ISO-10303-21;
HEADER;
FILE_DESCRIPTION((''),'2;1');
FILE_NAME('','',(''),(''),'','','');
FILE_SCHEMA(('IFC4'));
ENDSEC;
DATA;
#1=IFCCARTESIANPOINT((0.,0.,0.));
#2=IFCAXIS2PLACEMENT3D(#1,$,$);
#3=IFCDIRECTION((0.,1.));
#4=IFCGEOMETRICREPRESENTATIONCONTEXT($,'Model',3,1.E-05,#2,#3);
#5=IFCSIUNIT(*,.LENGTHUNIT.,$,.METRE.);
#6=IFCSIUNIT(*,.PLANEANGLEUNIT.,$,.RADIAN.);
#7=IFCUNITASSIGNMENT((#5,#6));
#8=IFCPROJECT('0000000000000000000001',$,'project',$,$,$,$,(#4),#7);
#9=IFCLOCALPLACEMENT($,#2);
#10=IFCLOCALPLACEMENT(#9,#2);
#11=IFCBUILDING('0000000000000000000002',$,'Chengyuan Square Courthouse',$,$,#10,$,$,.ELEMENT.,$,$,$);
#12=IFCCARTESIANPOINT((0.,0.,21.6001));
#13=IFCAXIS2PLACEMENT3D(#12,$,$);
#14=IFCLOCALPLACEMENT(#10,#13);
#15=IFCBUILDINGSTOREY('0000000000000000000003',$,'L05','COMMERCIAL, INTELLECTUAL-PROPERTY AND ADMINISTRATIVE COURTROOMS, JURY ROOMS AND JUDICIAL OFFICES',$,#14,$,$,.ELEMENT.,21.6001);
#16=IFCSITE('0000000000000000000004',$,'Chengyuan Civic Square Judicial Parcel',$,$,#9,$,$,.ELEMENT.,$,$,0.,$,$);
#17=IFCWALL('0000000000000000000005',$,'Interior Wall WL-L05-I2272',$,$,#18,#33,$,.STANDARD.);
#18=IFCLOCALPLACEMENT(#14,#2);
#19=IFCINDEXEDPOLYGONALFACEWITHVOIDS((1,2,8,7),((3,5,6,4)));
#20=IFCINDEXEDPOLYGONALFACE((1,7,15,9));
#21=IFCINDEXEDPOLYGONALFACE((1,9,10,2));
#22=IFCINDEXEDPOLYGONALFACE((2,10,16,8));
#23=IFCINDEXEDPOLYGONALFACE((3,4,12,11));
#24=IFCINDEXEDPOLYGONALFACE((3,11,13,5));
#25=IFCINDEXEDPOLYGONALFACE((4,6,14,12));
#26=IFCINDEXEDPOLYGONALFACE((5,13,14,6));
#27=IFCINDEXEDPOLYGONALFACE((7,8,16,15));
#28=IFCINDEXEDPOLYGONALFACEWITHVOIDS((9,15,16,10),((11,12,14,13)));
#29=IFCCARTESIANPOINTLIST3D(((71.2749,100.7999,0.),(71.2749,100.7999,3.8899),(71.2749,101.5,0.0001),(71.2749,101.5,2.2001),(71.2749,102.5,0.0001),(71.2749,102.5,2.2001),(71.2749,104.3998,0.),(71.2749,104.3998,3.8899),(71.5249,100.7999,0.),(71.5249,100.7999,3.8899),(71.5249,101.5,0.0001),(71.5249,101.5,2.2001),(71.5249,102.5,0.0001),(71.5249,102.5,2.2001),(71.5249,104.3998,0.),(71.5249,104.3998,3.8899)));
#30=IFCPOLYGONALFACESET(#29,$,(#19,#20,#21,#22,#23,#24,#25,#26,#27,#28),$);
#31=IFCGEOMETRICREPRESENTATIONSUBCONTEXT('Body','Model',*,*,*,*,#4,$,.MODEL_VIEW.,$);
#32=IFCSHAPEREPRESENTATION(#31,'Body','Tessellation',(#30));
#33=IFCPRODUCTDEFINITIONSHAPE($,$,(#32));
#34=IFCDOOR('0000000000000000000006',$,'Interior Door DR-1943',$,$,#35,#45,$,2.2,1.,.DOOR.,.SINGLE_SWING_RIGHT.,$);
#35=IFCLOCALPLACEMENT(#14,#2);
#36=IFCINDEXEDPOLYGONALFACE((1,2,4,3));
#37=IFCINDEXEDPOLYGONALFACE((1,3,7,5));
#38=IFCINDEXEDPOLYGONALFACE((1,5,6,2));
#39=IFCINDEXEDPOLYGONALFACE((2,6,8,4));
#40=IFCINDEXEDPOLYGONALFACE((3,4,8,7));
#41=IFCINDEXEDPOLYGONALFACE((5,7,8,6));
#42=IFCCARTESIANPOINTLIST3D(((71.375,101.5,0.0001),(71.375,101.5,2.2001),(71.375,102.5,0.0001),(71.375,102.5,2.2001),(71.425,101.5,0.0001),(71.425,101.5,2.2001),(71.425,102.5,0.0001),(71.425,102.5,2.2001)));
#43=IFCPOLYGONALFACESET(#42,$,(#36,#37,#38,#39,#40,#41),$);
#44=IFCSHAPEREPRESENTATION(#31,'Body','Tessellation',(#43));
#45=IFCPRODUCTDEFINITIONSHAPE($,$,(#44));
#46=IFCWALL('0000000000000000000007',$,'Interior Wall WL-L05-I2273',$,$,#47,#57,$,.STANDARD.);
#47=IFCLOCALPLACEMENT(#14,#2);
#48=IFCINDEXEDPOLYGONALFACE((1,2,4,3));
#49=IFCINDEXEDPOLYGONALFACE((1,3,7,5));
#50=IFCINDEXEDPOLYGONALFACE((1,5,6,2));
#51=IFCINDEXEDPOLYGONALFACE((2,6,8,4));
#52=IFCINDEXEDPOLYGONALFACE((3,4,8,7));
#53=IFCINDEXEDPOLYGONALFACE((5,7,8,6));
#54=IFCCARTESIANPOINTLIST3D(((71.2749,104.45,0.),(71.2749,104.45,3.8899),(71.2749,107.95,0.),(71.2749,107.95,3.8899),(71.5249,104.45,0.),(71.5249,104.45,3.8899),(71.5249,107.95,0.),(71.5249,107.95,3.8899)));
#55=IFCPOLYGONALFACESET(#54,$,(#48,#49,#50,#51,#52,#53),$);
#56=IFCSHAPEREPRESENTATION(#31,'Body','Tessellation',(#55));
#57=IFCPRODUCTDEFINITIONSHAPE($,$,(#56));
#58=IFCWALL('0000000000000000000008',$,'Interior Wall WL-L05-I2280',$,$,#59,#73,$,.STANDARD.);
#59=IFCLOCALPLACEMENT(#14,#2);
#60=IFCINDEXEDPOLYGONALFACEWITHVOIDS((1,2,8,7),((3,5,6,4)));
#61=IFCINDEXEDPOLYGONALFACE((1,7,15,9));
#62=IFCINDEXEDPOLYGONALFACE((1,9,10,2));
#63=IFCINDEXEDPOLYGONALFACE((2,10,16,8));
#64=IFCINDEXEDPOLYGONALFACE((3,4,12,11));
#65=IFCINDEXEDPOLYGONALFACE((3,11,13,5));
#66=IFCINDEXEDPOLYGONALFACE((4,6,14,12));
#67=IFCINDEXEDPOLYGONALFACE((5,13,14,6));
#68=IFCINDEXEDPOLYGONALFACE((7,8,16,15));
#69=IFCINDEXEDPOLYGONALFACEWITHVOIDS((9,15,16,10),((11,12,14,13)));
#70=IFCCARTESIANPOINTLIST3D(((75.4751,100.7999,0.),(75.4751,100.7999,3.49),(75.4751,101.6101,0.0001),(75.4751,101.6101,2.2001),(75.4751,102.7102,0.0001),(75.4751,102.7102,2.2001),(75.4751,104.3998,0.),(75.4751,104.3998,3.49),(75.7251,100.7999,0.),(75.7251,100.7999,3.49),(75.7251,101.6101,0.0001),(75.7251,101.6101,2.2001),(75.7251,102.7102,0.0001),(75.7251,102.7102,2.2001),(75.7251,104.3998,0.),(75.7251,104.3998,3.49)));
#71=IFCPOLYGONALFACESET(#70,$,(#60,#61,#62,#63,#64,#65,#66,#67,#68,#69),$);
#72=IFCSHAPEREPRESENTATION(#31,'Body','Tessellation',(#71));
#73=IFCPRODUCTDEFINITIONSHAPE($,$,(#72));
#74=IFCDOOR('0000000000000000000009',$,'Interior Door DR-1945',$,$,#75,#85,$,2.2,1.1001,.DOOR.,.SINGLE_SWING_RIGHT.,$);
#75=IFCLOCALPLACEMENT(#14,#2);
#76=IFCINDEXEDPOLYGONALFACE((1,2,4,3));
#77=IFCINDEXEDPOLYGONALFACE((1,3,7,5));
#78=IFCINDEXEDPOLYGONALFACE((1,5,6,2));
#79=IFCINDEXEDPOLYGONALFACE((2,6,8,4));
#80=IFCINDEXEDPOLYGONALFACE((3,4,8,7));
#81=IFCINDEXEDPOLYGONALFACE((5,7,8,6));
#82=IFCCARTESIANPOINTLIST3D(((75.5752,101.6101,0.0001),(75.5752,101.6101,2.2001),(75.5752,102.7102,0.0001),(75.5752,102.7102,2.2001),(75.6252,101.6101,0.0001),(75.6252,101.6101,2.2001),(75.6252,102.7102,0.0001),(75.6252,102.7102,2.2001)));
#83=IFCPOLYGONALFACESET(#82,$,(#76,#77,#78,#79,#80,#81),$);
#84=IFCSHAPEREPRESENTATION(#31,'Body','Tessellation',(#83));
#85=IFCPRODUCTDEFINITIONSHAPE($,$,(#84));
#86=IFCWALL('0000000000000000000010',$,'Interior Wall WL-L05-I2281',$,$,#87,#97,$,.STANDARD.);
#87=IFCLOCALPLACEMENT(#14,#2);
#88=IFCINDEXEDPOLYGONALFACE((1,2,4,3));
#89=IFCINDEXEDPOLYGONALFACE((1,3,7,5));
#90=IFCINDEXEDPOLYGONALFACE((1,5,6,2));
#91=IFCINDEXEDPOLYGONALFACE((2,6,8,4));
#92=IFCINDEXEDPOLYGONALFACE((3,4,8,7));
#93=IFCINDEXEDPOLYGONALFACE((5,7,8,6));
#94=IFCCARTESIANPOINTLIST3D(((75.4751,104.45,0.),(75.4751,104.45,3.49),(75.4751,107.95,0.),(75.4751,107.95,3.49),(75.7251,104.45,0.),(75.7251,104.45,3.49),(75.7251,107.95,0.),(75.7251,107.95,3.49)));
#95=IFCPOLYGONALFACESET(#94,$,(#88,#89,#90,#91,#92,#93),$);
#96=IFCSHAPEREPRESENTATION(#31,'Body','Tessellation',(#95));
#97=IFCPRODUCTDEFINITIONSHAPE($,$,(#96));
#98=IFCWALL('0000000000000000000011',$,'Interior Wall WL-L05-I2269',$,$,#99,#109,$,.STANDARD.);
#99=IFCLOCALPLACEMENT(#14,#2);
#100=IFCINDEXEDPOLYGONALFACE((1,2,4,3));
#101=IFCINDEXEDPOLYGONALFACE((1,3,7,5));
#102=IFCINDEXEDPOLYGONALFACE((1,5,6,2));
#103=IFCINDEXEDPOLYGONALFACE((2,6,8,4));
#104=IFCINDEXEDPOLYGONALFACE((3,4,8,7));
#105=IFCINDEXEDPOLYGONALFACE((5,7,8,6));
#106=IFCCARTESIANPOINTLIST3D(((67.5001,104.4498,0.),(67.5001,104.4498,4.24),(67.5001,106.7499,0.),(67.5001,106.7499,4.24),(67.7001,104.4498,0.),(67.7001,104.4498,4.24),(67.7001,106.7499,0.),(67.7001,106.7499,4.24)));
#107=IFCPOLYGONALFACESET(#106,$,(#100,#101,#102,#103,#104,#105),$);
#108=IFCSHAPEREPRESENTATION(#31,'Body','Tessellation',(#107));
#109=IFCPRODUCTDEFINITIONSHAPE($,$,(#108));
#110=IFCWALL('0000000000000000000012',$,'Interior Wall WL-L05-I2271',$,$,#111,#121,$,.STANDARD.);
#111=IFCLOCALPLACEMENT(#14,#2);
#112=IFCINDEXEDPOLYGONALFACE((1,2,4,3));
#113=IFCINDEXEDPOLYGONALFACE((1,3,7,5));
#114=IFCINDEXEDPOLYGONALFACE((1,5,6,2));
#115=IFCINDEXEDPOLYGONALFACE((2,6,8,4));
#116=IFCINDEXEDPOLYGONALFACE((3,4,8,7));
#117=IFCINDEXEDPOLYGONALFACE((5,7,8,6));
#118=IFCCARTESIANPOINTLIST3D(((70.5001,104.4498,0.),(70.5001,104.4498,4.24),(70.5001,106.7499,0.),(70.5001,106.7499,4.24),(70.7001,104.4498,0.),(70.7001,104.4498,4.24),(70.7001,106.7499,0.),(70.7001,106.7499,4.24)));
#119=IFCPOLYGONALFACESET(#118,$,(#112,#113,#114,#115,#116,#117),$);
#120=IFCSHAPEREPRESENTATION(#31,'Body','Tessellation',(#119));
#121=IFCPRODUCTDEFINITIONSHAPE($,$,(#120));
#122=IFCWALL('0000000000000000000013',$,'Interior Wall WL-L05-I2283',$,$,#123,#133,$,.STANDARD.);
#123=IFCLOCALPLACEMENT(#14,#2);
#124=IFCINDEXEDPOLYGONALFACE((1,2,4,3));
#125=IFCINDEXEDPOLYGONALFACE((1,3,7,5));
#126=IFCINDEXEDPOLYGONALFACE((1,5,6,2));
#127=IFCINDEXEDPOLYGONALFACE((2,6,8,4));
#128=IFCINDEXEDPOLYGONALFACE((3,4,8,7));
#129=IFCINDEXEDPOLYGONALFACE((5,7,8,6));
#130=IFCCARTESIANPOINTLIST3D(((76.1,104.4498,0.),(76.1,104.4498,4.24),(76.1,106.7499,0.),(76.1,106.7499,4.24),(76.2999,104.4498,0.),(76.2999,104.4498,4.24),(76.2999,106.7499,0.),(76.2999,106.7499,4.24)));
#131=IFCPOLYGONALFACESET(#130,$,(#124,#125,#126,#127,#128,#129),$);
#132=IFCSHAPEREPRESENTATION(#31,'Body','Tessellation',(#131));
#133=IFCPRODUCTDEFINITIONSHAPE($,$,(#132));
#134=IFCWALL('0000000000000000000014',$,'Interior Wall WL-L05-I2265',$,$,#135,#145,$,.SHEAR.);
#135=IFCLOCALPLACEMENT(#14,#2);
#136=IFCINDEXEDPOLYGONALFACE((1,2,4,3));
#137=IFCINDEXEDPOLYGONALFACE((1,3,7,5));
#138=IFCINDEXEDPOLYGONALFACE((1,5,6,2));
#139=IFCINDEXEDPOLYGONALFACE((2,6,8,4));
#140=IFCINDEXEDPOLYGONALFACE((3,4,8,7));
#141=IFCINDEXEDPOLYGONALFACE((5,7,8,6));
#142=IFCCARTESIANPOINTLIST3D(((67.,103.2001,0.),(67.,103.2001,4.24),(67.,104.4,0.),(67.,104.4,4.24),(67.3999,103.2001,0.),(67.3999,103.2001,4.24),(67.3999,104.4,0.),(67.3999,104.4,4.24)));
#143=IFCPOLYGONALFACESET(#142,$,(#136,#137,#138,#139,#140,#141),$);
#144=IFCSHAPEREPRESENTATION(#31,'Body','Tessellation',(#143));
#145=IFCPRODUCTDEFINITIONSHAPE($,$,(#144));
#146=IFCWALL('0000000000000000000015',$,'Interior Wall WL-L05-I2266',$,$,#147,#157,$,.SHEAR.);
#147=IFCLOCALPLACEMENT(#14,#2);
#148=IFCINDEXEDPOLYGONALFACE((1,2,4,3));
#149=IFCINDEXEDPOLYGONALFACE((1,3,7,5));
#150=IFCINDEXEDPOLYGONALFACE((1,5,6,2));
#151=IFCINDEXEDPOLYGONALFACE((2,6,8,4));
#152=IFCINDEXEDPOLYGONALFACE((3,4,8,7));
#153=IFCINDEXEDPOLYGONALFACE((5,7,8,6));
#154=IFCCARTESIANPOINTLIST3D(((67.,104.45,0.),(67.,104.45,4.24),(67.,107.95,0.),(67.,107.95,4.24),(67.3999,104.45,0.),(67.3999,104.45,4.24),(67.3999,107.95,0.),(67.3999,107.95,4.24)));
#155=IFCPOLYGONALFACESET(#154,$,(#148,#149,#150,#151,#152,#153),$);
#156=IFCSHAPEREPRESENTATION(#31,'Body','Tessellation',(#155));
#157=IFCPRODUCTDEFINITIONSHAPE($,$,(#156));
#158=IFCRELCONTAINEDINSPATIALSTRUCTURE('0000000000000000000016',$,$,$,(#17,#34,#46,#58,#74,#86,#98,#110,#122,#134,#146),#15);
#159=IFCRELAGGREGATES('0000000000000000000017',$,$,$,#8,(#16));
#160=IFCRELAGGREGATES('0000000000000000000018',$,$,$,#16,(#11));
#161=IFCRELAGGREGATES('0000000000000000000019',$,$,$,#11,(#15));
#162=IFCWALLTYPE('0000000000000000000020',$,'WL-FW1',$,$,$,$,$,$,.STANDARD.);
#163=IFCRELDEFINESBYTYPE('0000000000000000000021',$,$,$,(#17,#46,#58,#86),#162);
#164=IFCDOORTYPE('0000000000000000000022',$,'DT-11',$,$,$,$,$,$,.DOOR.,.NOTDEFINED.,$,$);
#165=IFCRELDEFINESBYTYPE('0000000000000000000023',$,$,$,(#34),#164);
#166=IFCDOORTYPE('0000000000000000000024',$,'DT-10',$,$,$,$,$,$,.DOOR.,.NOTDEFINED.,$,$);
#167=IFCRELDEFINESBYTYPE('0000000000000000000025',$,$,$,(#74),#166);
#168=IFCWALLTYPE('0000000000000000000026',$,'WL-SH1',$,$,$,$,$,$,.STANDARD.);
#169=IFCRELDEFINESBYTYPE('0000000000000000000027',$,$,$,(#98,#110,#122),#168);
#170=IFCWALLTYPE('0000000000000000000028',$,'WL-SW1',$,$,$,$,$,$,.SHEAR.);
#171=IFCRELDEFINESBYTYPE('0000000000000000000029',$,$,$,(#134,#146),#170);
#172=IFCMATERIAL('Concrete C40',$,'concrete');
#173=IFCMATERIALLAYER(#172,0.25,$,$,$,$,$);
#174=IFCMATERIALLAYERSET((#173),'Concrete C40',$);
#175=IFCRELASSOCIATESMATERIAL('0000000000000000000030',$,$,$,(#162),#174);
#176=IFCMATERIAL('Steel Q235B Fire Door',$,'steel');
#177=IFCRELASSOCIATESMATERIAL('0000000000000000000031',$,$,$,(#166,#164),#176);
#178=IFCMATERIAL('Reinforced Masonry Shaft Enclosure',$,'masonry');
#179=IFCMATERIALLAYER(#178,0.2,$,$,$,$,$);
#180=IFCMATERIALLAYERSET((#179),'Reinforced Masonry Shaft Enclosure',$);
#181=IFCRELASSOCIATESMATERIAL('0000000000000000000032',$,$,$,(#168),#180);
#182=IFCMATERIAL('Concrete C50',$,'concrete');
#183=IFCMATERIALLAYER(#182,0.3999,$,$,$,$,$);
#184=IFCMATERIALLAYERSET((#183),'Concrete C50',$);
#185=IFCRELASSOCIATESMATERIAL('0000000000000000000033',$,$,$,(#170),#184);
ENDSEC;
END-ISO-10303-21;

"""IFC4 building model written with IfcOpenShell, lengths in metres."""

from ifc_helpers import new_model, si_unit, direction, frame, frame_2d, origin, place, context, subcontext, project, spatial, rectangle, extrude, material, layer, layer_set, type_object, element, fill, save


model = new_model("IFC4")

# Units and contexts
model_context = context("Model", 3, precision=1e-05, world=origin(), true_north=direction((0.0, 1.0)))
body_context = subcontext(model_context, "Body", "Model", "MODEL_VIEW")
ifc_project = project(units=[si_unit("LENGTHUNIT", "METRE"), si_unit("PLANEANGLEUNIT", "RADIAN")], contexts=[model_context])

# Site, building, storey
site_placement = place(None, origin())
site = spatial("IfcSite", under=ifc_project, at=site_placement, Name="Chengyuan Civic Square Judicial Parcel", CompositionType="ELEMENT", RefElevation=0.0)
building_placement = place(site_placement, origin())
building = spatial("IfcBuilding", under=site, at=building_placement, Name="Chengyuan Square Courthouse", CompositionType="ELEMENT")
storey_placement = place(building_placement, frame((0.0, 0.0, 21.6001)))
storey = spatial("IfcBuildingStorey", under=building, at=storey_placement, Name="L05", Description="COMMERCIAL, INTELLECTUAL-PROPERTY AND ADMINISTRATIVE COURTROOMS, JURY ROOMS AND JUDICIAL OFFICES", CompositionType="ELEMENT", Elevation=21.6001)

# Shared definitions
ifc_material_1 = material(Name="Concrete C50", Category="concrete")

# Shared definitions
ifc_material_2 = material(Name="Concrete C40", Category="concrete")

# Shared definitions
ifc_layer_1 = layer(ifc_material_2, 0.25)
ifc_layer_set_1 = layer_set([ifc_layer_1], Name="Concrete C40")
wall_type_1 = type_object("IfcWallType", Name="WL-FW1", PredefinedType="STANDARD", material=ifc_layer_set_1)
ifc_material_3 = material(Name="Steel Q235B Fire Door", Category="steel")
door_type_1 = type_object("IfcDoorType", Name="DT-10", OperationType="NOTDEFINED", PredefinedType="DOOR", material=ifc_material_3)
door_type_2 = type_object("IfcDoorType", Name="DT-11", OperationType="NOTDEFINED", PredefinedType="DOOR", material=ifc_material_3)

# Wall, opening, door
wall_1_placement = place(storey_placement, frame((71.3999, 100.8, 0.0), z_axis=(0.0, 0.0, 1.0), x_axis=(0.0, 1.0, 0.0)))
wall_1 = element("IfcWall", 1, at=wall_1_placement, inside=storey, type_object=wall_type_1, Name="Interior Wall WL-L05-I2272", PredefinedType="STANDARD", context=body_context, shape_type="SweptSolid", body=[
    extrude(rectangle(XDim=3.5999, YDim=0.25, at=frame_2d((1.7998, 0.0))), origin(), (0.0, 0.0, 1.0), 3.8899),
])
opening_1_placement = place(wall_1_placement, frame((0.7, 0.0, 0.0)))
opening_1 = element("IfcOpeningElement", 2, at=opening_1_placement, cuts=wall_1, PredefinedType="OPENING", context=body_context, shape_type="SweptSolid", body=[
    extrude(rectangle(XDim=1.0, YDim=2.2, at=frame_2d((0.5, 1.1001))), frame((0.0, 0.137, 0.0), z_axis=(0.0, -1.0, 0.0), x_axis=(1.0, 0.0, 0.0)), (0.0, 0.0, 1.0), 0.2739),
])
door_1_placement = place(opening_1_placement, origin())
door_1 = element("IfcDoor", 3, at=door_1_placement, inside=storey, type_object=door_type_2, Name="Interior Door DR-1943", OperationType="SINGLE_SWING_RIGHT", OverallHeight=2.2, OverallWidth=1.0, PredefinedType="DOOR", context=body_context, shape_type="SweptSolid", body=[
    extrude(rectangle(XDim=1.0, YDim=2.2, at=frame_2d((0.5, 1.1001))), frame((0.0, 0.0249, 0.0), z_axis=(0.0, -1.0, 0.0), x_axis=(1.0, 0.0, 0.0)), (0.0, 0.0, 1.0), 0.05),
])
fill(opening_1, door_1)

# Wall
wall_2_placement = place(storey_placement, frame((71.3999, 104.45, 0.0), z_axis=(0.0, 0.0, 1.0), x_axis=(0.0, 1.0, 0.0)))
element("IfcWall", 4, at=wall_2_placement, inside=storey, type_object=wall_type_1, Name="Interior Wall WL-L05-I2273", PredefinedType="STANDARD", context=body_context, shape_type="SweptSolid", body=[
    extrude(rectangle(XDim=3.5, YDim=0.25, at=frame_2d((1.75, 0.0))), origin(), (0.0, 0.0, 1.0), 3.8899),
])

# Wall, opening, door
wall_3_placement = place(storey_placement, frame((75.6001, 100.8, 0.0), z_axis=(0.0, 0.0, 1.0), x_axis=(0.0, 1.0, 0.0)))
wall_3 = element("IfcWall", 5, at=wall_3_placement, inside=storey, type_object=wall_type_1, Name="Interior Wall WL-L05-I2280", PredefinedType="STANDARD", context=body_context, shape_type="SweptSolid", body=[
    extrude(rectangle(XDim=3.5999, YDim=0.25, at=frame_2d((1.7998, 0.0))), origin(), (0.0, 0.0, 1.0), 3.49),
])
opening_2_placement = place(wall_3_placement, frame((0.8101, 0.0, 0.0)))
opening_2 = element("IfcOpeningElement", 6, at=opening_2_placement, cuts=wall_3, PredefinedType="OPENING", context=body_context, shape_type="SweptSolid", body=[
    extrude(rectangle(XDim=1.1001, YDim=2.2, at=frame_2d((0.55, 1.1001))), frame((0.0, 0.137, 0.0), z_axis=(0.0, -1.0, 0.0), x_axis=(1.0, 0.0, 0.0)), (0.0, 0.0, 1.0), 0.2739),
])
door_2_placement = place(opening_2_placement, origin())
door_2 = element("IfcDoor", 7, at=door_2_placement, inside=storey, type_object=door_type_1, Name="Interior Door DR-1945", OperationType="SINGLE_SWING_RIGHT", OverallHeight=2.2, OverallWidth=1.1001, PredefinedType="DOOR", context=body_context, shape_type="SweptSolid", body=[
    extrude(rectangle(XDim=1.1001, YDim=2.2, at=frame_2d((0.55, 1.1001))), frame((0.0, 0.0249, 0.0), z_axis=(0.0, -1.0, 0.0), x_axis=(1.0, 0.0, 0.0)), (0.0, 0.0, 1.0), 0.05),
])
fill(opening_2, door_2)

# Wall
wall_4_placement = place(storey_placement, frame((75.6001, 104.45, 0.0), z_axis=(0.0, 0.0, 1.0), x_axis=(0.0, 1.0, 0.0)))
element("IfcWall", 8, at=wall_4_placement, inside=storey, type_object=wall_type_1, Name="Interior Wall WL-L05-I2281", PredefinedType="STANDARD", context=body_context, shape_type="SweptSolid", body=[
    extrude(rectangle(XDim=3.5, YDim=0.25, at=frame_2d((1.75, 0.0))), origin(), (0.0, 0.0, 1.0), 3.49),
])

# Shared definitions
ifc_material_4 = material(Name="Reinforced Masonry Shaft Enclosure", Category="masonry")
ifc_layer_2 = layer(ifc_material_4, 0.2)
ifc_layer_set_2 = layer_set([ifc_layer_2], Name="Reinforced Masonry Shaft Enclosure")
wall_type_2 = type_object("IfcWallType", Name="WL-SH1", PredefinedType="STANDARD", material=ifc_layer_set_2)

# Walls
for number, where, z_axis, x_axis, name in (
    (9, (67.6001, 104.45, 0.0), (0.0, 0.0, 1.0), (0.0, 1.0, 0.0), "Interior Wall WL-L05-I2269"),
    (10, (70.6001, 104.45, 0.0), (0.0, 0.0, 1.0), (0.0, 1.0, 0.0), "Interior Wall WL-L05-I2271"),
    (11, (76.2, 104.45, 0.0), (0.0, 0.0, 1.0), (0.0, 1.0, 0.0), "Interior Wall WL-L05-I2283"),
):
    element("IfcWall", number, at=place(storey_placement, frame(where, z_axis=z_axis, x_axis=x_axis)), inside=storey, type_object=wall_type_2, Name=name, PredefinedType="STANDARD", context=body_context, shape_type="SweptSolid", body=[
        extrude(rectangle(XDim=2.3, YDim=0.2, at=frame_2d((1.1499, 0.0))), origin(), (0.0, 0.0, 1.0), 4.24),
    ])
ifc_layer_3 = layer(ifc_material_1, 0.3999)
ifc_layer_set_3 = layer_set([ifc_layer_3], Name="Concrete C50")
wall_type_3 = type_object("IfcWallType", Name="WL-SW1", PredefinedType="SHEAR", material=ifc_layer_set_3)
wall_5_placement = place(storey_placement, frame((67.2, 103.2, 0.0), z_axis=(0.0, 0.0, 1.0), x_axis=(0.0, 1.0, 0.0)))
element("IfcWall", 12, at=wall_5_placement, inside=storey, type_object=wall_type_3, Name="Interior Wall WL-L05-I2265", PredefinedType="SHEAR", context=body_context, shape_type="SweptSolid", body=[
    extrude(rectangle(XDim=1.2, YDim=0.3999, at=frame_2d((0.6001, 0.0))), origin(), (0.0, 0.0, 1.0), 4.24),
])
wall_6_placement = place(storey_placement, frame((67.2, 104.45, 0.0), z_axis=(0.0, 0.0, 1.0), x_axis=(0.0, 1.0, 0.0)))
element("IfcWall", 13, at=wall_6_placement, inside=storey, type_object=wall_type_3, Name="Interior Wall WL-L05-I2266", PredefinedType="SHEAR", context=body_context, shape_type="SweptSolid", body=[
    extrude(rectangle(XDim=3.5, YDim=0.3999, at=frame_2d((1.75, 0.0))), origin(), (0.0, 0.0, 1.0), 4.24),
])

save(model, "model.ifc")
